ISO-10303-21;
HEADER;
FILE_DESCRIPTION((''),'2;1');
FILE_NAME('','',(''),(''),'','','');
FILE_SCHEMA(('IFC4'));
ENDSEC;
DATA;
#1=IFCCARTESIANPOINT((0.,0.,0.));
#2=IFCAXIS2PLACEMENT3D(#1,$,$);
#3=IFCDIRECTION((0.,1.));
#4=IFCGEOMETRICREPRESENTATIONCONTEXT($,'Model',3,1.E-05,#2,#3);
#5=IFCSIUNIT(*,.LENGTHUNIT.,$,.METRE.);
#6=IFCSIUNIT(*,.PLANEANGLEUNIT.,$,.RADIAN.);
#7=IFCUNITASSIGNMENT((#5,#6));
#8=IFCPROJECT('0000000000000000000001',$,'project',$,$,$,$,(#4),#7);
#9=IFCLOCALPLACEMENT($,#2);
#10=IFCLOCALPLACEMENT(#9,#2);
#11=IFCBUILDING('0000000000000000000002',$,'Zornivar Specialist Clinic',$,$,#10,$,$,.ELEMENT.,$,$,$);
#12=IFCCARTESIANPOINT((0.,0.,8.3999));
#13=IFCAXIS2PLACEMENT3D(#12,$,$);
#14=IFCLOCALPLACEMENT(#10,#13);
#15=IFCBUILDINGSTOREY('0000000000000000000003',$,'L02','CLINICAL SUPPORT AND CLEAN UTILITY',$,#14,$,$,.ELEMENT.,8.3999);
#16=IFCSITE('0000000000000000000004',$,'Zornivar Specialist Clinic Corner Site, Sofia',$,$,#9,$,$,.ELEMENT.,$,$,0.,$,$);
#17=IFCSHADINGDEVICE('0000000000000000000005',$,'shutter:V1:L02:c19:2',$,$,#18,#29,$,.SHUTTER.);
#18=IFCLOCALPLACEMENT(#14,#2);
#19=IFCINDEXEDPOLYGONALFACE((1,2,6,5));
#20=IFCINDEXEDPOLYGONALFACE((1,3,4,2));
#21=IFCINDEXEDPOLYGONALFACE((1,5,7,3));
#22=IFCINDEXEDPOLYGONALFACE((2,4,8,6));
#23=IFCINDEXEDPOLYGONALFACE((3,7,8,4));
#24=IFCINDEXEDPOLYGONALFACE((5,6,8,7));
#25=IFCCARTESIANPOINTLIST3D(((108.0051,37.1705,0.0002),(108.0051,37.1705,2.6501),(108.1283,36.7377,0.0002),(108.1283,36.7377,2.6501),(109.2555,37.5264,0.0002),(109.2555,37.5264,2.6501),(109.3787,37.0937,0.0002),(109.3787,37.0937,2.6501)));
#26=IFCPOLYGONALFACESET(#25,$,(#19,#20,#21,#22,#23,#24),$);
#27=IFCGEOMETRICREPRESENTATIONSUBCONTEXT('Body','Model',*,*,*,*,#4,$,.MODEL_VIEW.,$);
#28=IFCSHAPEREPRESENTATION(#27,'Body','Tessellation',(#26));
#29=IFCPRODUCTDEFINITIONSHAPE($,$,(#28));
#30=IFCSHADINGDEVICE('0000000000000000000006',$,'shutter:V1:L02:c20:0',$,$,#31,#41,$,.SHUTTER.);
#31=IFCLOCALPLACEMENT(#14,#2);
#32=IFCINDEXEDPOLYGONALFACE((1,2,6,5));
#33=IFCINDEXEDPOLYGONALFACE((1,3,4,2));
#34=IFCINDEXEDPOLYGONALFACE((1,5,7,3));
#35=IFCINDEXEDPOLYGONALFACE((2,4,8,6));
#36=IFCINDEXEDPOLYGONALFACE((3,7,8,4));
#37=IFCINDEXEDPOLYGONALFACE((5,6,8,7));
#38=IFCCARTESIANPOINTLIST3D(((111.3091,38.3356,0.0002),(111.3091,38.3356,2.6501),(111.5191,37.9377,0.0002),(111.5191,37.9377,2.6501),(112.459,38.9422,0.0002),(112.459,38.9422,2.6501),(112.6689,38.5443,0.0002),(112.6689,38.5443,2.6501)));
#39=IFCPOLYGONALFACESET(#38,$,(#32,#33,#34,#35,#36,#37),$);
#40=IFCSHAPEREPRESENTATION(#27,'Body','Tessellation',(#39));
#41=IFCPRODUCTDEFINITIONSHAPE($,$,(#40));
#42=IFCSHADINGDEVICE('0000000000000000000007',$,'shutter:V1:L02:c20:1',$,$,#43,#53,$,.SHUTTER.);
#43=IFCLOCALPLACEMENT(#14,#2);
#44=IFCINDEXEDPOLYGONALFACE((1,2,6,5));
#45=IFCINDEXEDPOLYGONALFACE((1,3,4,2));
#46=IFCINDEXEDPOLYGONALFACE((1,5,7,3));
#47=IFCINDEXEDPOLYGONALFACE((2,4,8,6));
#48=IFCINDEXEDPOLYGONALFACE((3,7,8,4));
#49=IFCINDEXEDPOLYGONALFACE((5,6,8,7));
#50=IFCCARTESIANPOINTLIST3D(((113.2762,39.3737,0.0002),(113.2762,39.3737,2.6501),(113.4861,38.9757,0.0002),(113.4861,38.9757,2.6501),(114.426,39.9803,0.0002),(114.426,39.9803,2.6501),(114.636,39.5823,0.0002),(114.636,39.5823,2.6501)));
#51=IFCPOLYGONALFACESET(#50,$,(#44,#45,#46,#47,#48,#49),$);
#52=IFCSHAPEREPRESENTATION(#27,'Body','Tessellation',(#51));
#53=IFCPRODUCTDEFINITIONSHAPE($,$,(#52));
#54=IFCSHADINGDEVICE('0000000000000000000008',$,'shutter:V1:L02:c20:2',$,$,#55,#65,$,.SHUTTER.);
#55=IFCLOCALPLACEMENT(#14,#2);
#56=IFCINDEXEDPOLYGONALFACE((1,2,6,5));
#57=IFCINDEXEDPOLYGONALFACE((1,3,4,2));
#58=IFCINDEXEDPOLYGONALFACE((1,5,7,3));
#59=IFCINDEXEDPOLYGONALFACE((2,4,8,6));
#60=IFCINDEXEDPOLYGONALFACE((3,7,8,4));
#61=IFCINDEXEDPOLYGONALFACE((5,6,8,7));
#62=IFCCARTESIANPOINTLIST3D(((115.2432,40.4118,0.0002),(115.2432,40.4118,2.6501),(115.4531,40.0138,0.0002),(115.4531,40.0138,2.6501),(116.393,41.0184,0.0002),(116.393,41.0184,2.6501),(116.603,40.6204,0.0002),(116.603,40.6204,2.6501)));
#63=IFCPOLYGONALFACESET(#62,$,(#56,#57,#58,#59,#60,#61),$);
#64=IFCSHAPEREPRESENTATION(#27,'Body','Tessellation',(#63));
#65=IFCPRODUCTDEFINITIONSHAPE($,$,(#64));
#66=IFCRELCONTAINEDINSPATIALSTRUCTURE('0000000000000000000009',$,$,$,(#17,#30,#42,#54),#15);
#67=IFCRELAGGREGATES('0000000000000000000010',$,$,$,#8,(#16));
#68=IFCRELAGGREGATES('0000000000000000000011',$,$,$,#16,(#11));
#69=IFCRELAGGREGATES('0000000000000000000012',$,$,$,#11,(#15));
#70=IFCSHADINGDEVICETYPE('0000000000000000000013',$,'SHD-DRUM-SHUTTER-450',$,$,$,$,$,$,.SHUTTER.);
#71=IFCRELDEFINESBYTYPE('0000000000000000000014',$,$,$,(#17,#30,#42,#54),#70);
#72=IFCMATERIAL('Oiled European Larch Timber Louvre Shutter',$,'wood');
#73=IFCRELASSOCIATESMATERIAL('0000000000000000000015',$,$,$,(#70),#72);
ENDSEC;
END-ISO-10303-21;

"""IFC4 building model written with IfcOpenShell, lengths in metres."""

from ifc_helpers import new_model, si_unit, direction, frame, origin, origin_2d, place, context, subcontext, project, spatial, rectangle, extrude, material, type_object, element, save


model = new_model("IFC4")

# Units and contexts
model_context = context("Model", 3, precision=1e-05, world=origin(), true_north=direction((0.0, 1.0)))
body_context = subcontext(model_context, "Body", "Model", "MODEL_VIEW")
ifc_project = project(units=[si_unit("LENGTHUNIT", "METRE"), si_unit("PLANEANGLEUNIT", "RADIAN")], contexts=[model_context])

# Site, building, storey
site_placement = place(None, origin())
site = spatial("IfcSite", under=ifc_project, at=site_placement, Name="Zornivar Specialist Clinic Corner Site, Sofia", CompositionType="ELEMENT", RefElevation=0.0)
building_placement = place(site_placement, origin())
building = spatial("IfcBuilding", under=site, at=building_placement, Name="Zornivar Specialist Clinic", CompositionType="ELEMENT")
storey_placement = place(building_placement, frame((0.0, 0.0, 8.3999)))
storey = spatial("IfcBuildingStorey", under=building, at=storey_placement, Name="L02", Description="CLINICAL SUPPORT AND CLEAN UTILITY", CompositionType="ELEMENT", Elevation=8.3999)

# Shading devices
ifc_material_1 = material(Name="Oiled European Larch Timber Louvre Shutter", Category="wood")
shading_device_type = type_object("IfcShadingDeviceType", Name="SHD-DRUM-SHUTTER-450", PredefinedType="SHUTTER", material=ifc_material_1)
for number, where, z_axis, x_axis, name in (
    (1, (108.6919, 37.1321, 0.0002), (0.0, 0.0, 1.0), (0.961785, 0.273805, 0.0), "shutter:V1:L02:c19:2"),
    (2, (111.989, 38.4399, 0.0002), (0.0, 0.0, 1.0), (0.88447, 0.466597, 0.0), "shutter:V1:L02:c20:0"),
    (3, (113.9561, 39.478, 0.0002), (0.0, 0.0, 1.0), (0.88447, 0.466597, 0.0), "shutter:V1:L02:c20:1"),
    (4, (115.9231, 40.5161, 0.0002), (0.0, 0.0, 1.0), (0.88447, 0.466597, 0.0), "shutter:V1:L02:c20:2"),
):
    element("IfcShadingDevice", number, at=place(storey_placement, frame(where, z_axis=z_axis, x_axis=x_axis)), inside=storey, type_object=shading_device_type, Name=name, PredefinedType="SHUTTER", context=body_context, shape_type="SweptSolid", body=[
        extrude(rectangle(XDim=1.3, YDim=0.45, at=origin_2d()), origin(), (0.0, 0.0, 1.0), 2.6499),
    ])

save(model, "model.ifc")
